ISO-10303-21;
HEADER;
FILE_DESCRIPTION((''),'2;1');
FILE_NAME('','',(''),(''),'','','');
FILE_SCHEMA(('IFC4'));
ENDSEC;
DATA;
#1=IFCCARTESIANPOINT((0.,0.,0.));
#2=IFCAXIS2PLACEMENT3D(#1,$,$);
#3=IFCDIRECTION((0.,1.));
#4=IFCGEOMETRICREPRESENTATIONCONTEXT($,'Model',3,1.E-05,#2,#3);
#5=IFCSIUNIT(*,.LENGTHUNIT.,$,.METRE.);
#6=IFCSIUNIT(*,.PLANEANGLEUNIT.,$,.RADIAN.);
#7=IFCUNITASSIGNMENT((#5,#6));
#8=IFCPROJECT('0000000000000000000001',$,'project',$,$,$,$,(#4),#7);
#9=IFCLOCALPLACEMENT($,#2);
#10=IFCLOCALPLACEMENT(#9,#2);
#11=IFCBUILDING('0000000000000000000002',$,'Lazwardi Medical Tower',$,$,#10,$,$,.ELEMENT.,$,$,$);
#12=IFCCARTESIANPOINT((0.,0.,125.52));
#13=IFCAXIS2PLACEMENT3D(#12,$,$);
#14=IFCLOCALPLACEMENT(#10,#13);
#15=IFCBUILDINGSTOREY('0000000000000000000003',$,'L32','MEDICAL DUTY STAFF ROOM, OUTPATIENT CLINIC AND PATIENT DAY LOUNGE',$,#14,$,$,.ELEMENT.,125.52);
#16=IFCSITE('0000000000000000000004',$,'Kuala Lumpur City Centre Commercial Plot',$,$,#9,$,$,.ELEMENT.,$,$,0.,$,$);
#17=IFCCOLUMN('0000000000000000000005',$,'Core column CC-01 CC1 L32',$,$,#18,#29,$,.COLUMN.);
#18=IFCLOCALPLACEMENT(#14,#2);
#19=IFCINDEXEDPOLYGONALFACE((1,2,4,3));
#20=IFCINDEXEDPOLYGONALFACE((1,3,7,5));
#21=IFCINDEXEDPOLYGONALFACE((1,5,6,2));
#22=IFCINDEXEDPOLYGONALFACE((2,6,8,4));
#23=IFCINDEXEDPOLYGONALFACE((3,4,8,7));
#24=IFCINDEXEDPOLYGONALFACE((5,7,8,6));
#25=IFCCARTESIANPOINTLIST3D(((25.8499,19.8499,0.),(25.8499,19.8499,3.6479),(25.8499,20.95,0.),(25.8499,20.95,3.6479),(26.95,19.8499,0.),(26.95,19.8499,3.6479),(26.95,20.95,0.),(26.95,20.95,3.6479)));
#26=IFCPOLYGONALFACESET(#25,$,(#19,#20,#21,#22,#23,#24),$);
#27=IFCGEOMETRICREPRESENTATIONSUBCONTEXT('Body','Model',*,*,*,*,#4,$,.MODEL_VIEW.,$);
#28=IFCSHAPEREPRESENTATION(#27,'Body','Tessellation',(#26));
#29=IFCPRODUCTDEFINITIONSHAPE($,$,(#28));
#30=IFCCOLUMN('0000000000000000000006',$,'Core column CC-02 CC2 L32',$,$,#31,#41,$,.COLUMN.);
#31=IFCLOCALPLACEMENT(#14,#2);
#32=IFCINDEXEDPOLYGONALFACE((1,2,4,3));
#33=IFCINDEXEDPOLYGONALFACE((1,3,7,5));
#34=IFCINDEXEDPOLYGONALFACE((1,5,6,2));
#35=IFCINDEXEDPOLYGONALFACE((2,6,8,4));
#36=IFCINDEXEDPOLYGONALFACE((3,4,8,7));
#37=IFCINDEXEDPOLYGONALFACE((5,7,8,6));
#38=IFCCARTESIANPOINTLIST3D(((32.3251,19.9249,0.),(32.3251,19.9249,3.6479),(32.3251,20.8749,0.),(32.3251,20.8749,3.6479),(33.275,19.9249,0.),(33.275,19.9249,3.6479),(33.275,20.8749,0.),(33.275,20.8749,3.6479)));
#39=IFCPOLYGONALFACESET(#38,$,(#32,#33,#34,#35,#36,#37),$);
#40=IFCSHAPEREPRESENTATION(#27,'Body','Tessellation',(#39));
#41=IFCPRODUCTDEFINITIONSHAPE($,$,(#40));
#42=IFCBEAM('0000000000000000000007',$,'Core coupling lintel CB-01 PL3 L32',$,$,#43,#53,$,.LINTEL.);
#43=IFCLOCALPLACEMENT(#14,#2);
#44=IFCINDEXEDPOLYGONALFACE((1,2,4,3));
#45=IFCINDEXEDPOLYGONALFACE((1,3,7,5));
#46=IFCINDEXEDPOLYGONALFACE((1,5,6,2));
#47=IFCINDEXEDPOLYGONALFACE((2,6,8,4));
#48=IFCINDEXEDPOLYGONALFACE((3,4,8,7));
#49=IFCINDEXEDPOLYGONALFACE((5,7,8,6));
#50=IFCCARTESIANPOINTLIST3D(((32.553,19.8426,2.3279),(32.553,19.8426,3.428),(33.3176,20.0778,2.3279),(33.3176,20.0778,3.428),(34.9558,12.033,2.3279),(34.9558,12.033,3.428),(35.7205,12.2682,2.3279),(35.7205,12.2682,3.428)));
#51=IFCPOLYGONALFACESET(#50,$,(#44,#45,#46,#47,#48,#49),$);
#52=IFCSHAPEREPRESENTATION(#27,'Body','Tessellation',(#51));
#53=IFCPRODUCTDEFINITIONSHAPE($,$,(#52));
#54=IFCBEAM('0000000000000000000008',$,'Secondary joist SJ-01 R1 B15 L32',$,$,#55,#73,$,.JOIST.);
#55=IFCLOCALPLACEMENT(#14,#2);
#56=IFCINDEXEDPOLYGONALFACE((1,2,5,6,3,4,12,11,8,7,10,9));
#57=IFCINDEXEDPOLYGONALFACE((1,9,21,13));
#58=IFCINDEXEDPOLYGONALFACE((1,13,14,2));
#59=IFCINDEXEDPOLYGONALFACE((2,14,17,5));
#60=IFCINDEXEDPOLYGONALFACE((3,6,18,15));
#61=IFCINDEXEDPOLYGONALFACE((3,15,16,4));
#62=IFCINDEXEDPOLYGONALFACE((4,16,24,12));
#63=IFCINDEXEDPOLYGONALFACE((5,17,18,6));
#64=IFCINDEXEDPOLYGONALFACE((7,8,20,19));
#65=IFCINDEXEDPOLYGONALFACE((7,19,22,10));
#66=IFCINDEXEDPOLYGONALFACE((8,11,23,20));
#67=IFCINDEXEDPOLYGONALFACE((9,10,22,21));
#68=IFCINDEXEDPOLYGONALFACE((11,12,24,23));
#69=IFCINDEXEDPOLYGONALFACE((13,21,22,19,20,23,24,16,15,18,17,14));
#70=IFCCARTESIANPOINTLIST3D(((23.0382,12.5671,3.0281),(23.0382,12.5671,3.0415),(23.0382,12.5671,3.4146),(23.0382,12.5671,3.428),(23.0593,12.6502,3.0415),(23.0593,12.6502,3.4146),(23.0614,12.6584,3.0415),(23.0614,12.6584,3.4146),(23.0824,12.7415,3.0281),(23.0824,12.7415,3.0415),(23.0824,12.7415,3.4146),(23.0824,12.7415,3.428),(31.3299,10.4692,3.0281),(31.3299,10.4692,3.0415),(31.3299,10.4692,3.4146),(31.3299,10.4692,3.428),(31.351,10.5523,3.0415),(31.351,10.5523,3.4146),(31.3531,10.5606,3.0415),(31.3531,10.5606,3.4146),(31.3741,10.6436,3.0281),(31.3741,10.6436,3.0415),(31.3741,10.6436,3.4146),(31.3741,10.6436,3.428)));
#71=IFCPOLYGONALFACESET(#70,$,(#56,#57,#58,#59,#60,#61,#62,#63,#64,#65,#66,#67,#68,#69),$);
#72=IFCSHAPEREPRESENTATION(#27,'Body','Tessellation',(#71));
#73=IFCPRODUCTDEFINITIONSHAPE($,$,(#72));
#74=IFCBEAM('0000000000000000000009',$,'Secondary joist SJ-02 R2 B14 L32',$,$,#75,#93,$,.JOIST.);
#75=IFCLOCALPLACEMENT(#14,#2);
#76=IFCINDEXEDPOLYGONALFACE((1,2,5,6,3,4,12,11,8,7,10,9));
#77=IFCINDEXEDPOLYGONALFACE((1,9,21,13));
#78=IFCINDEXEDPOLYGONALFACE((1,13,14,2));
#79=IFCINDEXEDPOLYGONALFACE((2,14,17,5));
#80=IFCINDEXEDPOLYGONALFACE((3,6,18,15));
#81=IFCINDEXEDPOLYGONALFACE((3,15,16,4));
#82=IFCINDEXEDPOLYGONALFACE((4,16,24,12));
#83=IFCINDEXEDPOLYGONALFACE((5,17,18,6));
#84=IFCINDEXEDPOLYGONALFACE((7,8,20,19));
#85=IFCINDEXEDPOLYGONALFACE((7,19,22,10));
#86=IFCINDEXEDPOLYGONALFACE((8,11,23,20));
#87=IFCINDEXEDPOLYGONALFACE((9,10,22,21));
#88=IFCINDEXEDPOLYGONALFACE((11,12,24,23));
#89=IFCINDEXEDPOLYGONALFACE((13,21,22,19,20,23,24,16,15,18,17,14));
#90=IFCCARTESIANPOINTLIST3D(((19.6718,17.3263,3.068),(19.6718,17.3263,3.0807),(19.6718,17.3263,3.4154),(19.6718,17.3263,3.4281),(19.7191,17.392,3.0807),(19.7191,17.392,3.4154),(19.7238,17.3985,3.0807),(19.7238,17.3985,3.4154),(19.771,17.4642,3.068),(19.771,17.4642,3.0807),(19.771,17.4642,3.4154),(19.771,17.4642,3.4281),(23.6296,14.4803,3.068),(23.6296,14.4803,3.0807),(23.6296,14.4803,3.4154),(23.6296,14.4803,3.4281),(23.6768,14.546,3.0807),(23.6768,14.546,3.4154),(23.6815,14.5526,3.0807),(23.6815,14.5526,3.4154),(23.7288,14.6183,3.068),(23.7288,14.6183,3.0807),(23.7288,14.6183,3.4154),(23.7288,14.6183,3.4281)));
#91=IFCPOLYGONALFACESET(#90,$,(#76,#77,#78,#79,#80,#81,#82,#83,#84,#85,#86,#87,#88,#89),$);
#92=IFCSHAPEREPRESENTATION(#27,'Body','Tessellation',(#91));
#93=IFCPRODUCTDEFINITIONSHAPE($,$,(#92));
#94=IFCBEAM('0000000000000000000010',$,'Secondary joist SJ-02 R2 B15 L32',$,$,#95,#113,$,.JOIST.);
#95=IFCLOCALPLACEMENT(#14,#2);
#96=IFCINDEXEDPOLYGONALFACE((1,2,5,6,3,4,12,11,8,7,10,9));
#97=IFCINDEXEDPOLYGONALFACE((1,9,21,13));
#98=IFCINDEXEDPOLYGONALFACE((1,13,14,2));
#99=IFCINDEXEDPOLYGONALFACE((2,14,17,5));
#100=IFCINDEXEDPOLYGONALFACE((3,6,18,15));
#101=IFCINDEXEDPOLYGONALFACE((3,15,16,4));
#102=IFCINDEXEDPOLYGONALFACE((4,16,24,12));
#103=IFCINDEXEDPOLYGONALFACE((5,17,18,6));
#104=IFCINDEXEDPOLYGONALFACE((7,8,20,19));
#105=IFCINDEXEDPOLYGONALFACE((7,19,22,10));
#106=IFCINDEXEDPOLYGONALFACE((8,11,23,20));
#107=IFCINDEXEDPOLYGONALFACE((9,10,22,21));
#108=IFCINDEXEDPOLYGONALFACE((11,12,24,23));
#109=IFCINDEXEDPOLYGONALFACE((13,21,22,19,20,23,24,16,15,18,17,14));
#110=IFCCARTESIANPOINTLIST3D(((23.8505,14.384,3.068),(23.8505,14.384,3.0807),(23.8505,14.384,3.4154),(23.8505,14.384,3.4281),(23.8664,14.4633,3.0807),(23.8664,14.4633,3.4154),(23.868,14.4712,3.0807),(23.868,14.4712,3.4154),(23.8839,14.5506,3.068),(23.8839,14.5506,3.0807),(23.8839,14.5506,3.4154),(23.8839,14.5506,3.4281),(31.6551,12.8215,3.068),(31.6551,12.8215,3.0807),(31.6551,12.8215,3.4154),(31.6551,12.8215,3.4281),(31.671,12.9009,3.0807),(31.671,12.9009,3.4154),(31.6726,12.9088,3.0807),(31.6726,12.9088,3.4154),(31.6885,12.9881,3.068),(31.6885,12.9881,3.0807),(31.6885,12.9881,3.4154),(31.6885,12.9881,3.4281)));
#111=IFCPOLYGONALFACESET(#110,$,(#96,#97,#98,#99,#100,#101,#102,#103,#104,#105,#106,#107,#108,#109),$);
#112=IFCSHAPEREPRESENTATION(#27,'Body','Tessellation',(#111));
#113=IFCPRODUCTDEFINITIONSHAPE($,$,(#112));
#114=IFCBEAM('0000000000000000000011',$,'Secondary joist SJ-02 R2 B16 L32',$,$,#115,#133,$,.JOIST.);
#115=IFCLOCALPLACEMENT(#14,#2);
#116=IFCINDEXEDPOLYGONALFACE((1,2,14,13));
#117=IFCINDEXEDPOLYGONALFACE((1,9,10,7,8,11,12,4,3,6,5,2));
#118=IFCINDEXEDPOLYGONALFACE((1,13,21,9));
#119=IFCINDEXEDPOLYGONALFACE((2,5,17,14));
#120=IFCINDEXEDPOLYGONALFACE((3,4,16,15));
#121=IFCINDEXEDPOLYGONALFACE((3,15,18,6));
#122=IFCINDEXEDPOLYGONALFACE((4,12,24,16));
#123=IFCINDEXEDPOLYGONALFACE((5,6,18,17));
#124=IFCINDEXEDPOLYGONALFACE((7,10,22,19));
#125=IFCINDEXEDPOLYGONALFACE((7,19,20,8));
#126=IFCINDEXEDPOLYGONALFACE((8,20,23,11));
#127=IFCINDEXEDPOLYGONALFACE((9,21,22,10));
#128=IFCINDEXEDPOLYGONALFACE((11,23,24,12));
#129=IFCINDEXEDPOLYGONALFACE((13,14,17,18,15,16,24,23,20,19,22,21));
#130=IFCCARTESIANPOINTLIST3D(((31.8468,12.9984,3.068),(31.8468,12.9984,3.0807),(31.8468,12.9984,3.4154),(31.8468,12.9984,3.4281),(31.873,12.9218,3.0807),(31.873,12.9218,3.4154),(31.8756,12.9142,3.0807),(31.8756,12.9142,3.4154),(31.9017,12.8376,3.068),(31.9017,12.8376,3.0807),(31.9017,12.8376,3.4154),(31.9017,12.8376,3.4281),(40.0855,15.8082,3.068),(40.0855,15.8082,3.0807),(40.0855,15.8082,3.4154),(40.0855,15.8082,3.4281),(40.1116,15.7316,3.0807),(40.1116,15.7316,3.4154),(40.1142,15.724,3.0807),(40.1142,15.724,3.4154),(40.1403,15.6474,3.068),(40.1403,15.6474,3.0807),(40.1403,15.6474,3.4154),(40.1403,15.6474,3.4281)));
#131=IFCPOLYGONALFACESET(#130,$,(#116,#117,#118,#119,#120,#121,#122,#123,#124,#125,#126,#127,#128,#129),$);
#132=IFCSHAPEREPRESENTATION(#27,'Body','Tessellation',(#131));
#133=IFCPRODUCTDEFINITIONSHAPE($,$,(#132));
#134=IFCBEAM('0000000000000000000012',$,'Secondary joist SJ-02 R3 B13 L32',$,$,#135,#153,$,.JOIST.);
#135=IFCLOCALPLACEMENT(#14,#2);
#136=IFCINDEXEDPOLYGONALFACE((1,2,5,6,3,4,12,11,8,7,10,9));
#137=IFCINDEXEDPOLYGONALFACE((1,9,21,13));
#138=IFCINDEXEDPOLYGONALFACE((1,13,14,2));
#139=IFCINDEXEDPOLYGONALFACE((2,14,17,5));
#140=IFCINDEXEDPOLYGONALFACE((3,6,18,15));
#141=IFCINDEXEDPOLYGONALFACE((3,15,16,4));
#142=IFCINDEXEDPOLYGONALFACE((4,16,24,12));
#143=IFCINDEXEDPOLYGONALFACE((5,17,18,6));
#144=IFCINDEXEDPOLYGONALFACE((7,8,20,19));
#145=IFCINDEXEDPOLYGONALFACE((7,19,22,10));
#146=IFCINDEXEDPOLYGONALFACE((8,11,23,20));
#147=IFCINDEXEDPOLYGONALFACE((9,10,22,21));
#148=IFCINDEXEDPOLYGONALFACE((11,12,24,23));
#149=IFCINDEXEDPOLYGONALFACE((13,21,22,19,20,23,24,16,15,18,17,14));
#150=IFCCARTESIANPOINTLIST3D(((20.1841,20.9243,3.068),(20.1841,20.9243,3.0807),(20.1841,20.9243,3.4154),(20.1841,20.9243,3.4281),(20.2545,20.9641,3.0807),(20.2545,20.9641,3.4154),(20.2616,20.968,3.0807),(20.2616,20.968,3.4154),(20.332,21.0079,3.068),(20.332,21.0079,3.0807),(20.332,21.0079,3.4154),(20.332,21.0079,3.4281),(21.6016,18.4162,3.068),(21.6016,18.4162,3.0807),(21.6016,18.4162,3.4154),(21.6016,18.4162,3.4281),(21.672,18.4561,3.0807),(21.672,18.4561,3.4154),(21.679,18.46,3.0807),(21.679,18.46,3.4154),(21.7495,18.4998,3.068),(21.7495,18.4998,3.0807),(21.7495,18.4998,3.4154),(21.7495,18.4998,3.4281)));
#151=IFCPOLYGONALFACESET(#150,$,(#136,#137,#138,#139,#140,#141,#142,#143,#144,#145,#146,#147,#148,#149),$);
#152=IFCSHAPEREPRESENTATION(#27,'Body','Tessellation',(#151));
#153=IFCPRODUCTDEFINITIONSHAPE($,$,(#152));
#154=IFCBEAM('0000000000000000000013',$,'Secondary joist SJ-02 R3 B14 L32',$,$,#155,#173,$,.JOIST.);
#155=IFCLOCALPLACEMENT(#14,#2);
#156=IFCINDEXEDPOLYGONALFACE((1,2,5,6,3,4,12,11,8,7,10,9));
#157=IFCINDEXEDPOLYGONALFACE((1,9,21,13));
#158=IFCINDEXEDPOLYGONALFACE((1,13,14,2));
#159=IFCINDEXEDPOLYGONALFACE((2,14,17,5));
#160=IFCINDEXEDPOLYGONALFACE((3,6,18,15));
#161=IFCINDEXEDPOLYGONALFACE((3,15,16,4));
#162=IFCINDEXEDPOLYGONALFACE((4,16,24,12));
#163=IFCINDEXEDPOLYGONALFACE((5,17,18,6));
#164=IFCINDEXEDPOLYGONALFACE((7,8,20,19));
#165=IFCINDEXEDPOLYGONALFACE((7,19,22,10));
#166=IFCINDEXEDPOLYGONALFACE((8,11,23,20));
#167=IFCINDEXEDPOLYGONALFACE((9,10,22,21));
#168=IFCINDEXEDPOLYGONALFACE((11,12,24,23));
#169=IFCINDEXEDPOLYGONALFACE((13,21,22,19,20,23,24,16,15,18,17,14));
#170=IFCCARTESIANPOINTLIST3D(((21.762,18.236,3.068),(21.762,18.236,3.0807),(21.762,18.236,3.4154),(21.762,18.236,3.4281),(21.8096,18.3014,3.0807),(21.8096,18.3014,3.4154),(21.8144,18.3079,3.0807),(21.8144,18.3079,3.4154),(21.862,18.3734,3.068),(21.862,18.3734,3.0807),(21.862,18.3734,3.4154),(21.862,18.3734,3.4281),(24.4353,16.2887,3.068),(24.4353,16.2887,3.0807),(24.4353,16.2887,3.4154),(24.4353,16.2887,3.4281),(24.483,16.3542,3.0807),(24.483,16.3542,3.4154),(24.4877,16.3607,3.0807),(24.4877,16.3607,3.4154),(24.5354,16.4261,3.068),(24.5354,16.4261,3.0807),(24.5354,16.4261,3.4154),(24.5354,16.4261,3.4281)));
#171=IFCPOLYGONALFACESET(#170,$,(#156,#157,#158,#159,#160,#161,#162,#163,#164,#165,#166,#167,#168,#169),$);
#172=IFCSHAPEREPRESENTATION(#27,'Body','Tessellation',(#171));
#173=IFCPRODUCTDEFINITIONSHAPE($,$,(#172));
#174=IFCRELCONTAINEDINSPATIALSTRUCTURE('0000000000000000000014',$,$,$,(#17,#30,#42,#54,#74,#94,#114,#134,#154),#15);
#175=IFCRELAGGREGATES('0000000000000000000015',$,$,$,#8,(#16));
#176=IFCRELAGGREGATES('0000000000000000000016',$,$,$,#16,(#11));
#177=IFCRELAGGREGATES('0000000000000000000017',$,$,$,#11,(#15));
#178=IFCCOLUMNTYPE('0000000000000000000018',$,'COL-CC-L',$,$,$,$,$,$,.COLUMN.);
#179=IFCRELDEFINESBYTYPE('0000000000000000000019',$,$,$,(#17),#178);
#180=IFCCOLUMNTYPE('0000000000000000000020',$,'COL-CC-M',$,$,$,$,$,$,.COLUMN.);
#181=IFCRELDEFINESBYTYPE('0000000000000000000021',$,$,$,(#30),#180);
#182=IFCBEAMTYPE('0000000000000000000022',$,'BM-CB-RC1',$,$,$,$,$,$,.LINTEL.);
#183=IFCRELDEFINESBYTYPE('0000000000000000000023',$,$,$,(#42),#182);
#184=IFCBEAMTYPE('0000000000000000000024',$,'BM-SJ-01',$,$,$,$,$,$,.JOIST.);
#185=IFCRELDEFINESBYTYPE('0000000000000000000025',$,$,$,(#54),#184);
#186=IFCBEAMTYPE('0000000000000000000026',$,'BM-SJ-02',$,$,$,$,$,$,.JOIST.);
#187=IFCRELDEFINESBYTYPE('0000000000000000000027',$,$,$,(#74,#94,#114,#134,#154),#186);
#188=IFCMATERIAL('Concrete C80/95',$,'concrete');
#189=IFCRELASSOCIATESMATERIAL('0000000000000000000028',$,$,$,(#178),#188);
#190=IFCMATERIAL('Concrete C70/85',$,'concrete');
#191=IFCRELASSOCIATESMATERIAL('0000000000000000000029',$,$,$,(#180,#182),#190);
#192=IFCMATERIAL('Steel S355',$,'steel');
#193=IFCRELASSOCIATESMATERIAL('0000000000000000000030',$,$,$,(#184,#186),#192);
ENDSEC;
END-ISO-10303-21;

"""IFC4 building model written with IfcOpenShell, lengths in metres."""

from ifc_helpers import new_model, si_unit, direction, frame, origin, origin_2d, place, context, subcontext, project, spatial, rectangle, i_section, extrude, material, material_profile, profile_set, type_object, element, save


model = new_model("IFC4")

# Units and contexts
model_context = context("Model", 3, precision=1e-05, world=origin(), true_north=direction((0.0, 1.0)))
body_context = subcontext(model_context, "Body", "Model", "MODEL_VIEW")
ifc_project = project(units=[si_unit("LENGTHUNIT", "METRE"), si_unit("PLANEANGLEUNIT", "RADIAN")], contexts=[model_context])

# Site, building, storey
site_placement = place(None, origin())
site = spatial("IfcSite", under=ifc_project, at=site_placement, Name="Kuala Lumpur City Centre Commercial Plot", CompositionType="ELEMENT", RefElevation=0.0)
building_placement = place(site_placement, origin())
building = spatial("IfcBuilding", under=site, at=building_placement, Name="Lazwardi Medical Tower", CompositionType="ELEMENT")
storey_placement = place(building_placement, frame((0.0, 0.0, 125.52)))
storey = spatial("IfcBuildingStorey", under=building, at=storey_placement, Name="L32", Description="MEDICAL DUTY STAFF ROOM, OUTPATIENT CLINIC AND PATIENT DAY LOUNGE", CompositionType="ELEMENT", Elevation=125.52)

# Columns
ifc_material_1 = material(Name="Concrete C80/95", Category="concrete")
ifc_material_profile_1 = material_profile(ifc_material_1, rectangle(XDim=1.1001, YDim=1.1001, at=origin_2d()), Name="RC 1100x1100")
ifc_profile_set_1 = profile_set([ifc_material_profile_1], Name="Concrete C80/95")
column_type_1 = type_object("IfcColumnType", Name="COL-CC-L", PredefinedType="COLUMN", material=ifc_profile_set_1)
column_1_placement = place(storey_placement, frame((26.3999, 20.3999, 0.0), z_axis=(0.0, 0.0, 1.0), x_axis=(1.0, 0.0, 0.0)))
element("IfcColumn", 1, at=column_1_placement, inside=storey, type_object=column_type_1, Name="Core column CC-01 CC1 L32", PredefinedType="COLUMN", context=body_context, shape_type="SweptSolid", body=[
    extrude(rectangle(XDim=1.1001, YDim=1.1001, at=origin_2d()), origin(), (0.0, 0.0, 1.0), 3.6479),
])
ifc_material_2 = material(Name="Concrete C70/85", Category="concrete")
ifc_material_profile_2 = material_profile(ifc_material_2, rectangle(XDim=0.95, YDim=0.95, at=origin_2d()), Name="RC 950x950")
ifc_profile_set_2 = profile_set([ifc_material_profile_2], Name="Concrete C70/85")
column_type_2 = type_object("IfcColumnType", Name="COL-CC-M", PredefinedType="COLUMN", material=ifc_profile_set_2)
column_2_placement = place(storey_placement, frame((32.8, 20.3999, 0.0), z_axis=(0.0, 0.0, 1.0), x_axis=(1.0, 0.0, 0.0)))
element("IfcColumn", 2, at=column_2_placement, inside=storey, type_object=column_type_2, Name="Core column CC-02 CC2 L32", PredefinedType="COLUMN", context=body_context, shape_type="SweptSolid", body=[
    extrude(rectangle(XDim=0.95, YDim=0.95, at=origin_2d()), origin(), (0.0, 0.0, 1.0), 3.6479),
])

# Beams
ifc_material_profile_3 = material_profile(ifc_material_2, rectangle(XDim=0.8, YDim=1.1001, at=origin_2d()), Name="RC 800x1100")
ifc_profile_set_3 = profile_set([ifc_material_profile_3], Name="Concrete C70/85")
beam_type_1 = type_object("IfcBeamType", Name="BM-CB-RC1", PredefinedType="LINTEL", material=ifc_profile_set_3)
beam_1_placement = place(storey_placement, frame((32.9353, 19.9602, 2.8779), z_axis=(0.294073, -0.955783, 0.0), x_axis=(0.955783, 0.294073, 0.0)))
element("IfcBeam", 3, at=beam_1_placement, inside=storey, type_object=beam_type_1, Name="Core coupling lintel CB-01 PL3 L32", PredefinedType="LINTEL", context=body_context, shape_type="SweptSolid", body=[
    extrude(rectangle(XDim=0.8, YDim=1.1001, at=origin_2d()), origin(), (0.0, 0.0, 1.0), 8.1709),
])
ifc_material_3 = material(Name="Steel S355", Category="steel")
ifc_material_profile_4 = material_profile(ifc_material_3, i_section(OverallWidth=0.1799, OverallDepth=0.3999, WebThickness=0.0085, FlangeThickness=0.0134, at=origin_2d()), Name="IPE 400")
ifc_profile_set_4 = profile_set([ifc_material_profile_4], Name="Steel S355")
beam_type_2 = type_object("IfcBeamType", Name="BM-SJ-01", PredefinedType="JOIST", material=ifc_profile_set_4)
beam_2_placement = place(storey_placement, frame((23.0603, 12.6543, 3.228), z_axis=(0.969452, -0.245282, 0.0), x_axis=(0.245282, 0.969452, 0.0)))
element("IfcBeam", 4, at=beam_2_placement, inside=storey, type_object=beam_type_2, Name="Secondary joist SJ-01 R1 B15 L32", PredefinedType="JOIST", context=body_context, shape_type="SweptSolid", body=[
    extrude(i_section(OverallWidth=0.1799, OverallDepth=0.3999, WebThickness=0.0085, FlangeThickness=0.0134, at=origin_2d()), origin(), (0.0, 0.0, 1.0), 8.553),
])
ifc_material_profile_5 = material_profile(ifc_material_3, i_section(OverallWidth=0.1699, OverallDepth=0.3601, WebThickness=0.0081, FlangeThickness=0.0127, at=origin_2d()), Name="IPE 360")
ifc_profile_set_5 = profile_set([ifc_material_profile_5], Name="Steel S355")
beam_type_3 = type_object("IfcBeamType", Name="BM-SJ-02", PredefinedType="JOIST", material=ifc_profile_set_5)
beam_3_placement = place(storey_placement, frame((19.7214, 17.3953, 3.248), z_axis=(0.811889, -0.583813, 0.0), x_axis=(0.583813, 0.811889, 0.0)))
element("IfcBeam", 5, at=beam_3_placement, inside=storey, type_object=beam_type_3, Name="Secondary joist SJ-02 R2 B14 L32", PredefinedType="JOIST", context=body_context, shape_type="SweptSolid", body=[
    extrude(i_section(OverallWidth=0.1699, OverallDepth=0.3601, WebThickness=0.0081, FlangeThickness=0.0127, at=origin_2d()), origin(), (0.0, 0.0, 1.0), 4.8748),
])
beam_4_placement = place(storey_placement, frame((23.8672, 14.4673, 3.248), z_axis=(0.980543, -0.196305, 0.0), x_axis=(0.196305, 0.980543, 0.0)))
element("IfcBeam", 6, at=beam_4_placement, inside=storey, type_object=beam_type_3, Name="Secondary joist SJ-02 R2 B15 L32", PredefinedType="JOIST", context=body_context, shape_type="SweptSolid", body=[
    extrude(i_section(OverallWidth=0.1699, OverallDepth=0.3601, WebThickness=0.0081, FlangeThickness=0.0127, at=origin_2d()), origin(), (0.0, 0.0, 1.0), 7.9595),
])
beam_5_placement = place(storey_placement, frame((31.8743, 12.918, 3.248), z_axis=(0.946467, 0.3228, 0.0), x_axis=(-0.3228, 0.946467, 0.0)))
element("IfcBeam", 7, at=beam_5_placement, inside=storey, type_object=beam_type_3, Name="Secondary joist SJ-02 R2 B16 L32", PredefinedType="JOIST", context=body_context, shape_type="SweptSolid", body=[
    extrude(i_section(OverallWidth=0.1699, OverallDepth=0.3601, WebThickness=0.0081, FlangeThickness=0.0127, at=origin_2d()), origin(), (0.0, 0.0, 1.0), 8.7046),
])
beam_6_placement = place(storey_placement, frame((20.2581, 20.9661, 3.248), z_axis=(0.492027, -0.87058, 0.0), x_axis=(0.87058, 0.492027, 0.0)))
element("IfcBeam", 8, at=beam_6_placement, inside=storey, type_object=beam_type_3, Name="Secondary joist SJ-02 R3 B13 L32", PredefinedType="JOIST", context=body_context, shape_type="SweptSolid", body=[
    extrude(i_section(OverallWidth=0.1699, OverallDepth=0.3601, WebThickness=0.0081, FlangeThickness=0.0127, at=origin_2d()), origin(), (0.0, 0.0, 1.0), 2.8809),
])
beam_7_placement = place(storey_placement, frame((21.812, 18.3047, 3.248), z_axis=(0.808302, -0.588768, 0.0), x_axis=(0.588768, 0.808302, 0.0)))
element("IfcBeam", 9, at=beam_7_placement, inside=storey, type_object=beam_type_3, Name="Secondary joist SJ-02 R3 B14 L32", PredefinedType="JOIST", context=body_context, shape_type="SweptSolid", body=[
    extrude(i_section(OverallWidth=0.1699, OverallDepth=0.3601, WebThickness=0.0081, FlangeThickness=0.0127, at=origin_2d()), origin(), (0.0, 0.0, 1.0), 3.3074),
])

save(model, "model.ifc")
